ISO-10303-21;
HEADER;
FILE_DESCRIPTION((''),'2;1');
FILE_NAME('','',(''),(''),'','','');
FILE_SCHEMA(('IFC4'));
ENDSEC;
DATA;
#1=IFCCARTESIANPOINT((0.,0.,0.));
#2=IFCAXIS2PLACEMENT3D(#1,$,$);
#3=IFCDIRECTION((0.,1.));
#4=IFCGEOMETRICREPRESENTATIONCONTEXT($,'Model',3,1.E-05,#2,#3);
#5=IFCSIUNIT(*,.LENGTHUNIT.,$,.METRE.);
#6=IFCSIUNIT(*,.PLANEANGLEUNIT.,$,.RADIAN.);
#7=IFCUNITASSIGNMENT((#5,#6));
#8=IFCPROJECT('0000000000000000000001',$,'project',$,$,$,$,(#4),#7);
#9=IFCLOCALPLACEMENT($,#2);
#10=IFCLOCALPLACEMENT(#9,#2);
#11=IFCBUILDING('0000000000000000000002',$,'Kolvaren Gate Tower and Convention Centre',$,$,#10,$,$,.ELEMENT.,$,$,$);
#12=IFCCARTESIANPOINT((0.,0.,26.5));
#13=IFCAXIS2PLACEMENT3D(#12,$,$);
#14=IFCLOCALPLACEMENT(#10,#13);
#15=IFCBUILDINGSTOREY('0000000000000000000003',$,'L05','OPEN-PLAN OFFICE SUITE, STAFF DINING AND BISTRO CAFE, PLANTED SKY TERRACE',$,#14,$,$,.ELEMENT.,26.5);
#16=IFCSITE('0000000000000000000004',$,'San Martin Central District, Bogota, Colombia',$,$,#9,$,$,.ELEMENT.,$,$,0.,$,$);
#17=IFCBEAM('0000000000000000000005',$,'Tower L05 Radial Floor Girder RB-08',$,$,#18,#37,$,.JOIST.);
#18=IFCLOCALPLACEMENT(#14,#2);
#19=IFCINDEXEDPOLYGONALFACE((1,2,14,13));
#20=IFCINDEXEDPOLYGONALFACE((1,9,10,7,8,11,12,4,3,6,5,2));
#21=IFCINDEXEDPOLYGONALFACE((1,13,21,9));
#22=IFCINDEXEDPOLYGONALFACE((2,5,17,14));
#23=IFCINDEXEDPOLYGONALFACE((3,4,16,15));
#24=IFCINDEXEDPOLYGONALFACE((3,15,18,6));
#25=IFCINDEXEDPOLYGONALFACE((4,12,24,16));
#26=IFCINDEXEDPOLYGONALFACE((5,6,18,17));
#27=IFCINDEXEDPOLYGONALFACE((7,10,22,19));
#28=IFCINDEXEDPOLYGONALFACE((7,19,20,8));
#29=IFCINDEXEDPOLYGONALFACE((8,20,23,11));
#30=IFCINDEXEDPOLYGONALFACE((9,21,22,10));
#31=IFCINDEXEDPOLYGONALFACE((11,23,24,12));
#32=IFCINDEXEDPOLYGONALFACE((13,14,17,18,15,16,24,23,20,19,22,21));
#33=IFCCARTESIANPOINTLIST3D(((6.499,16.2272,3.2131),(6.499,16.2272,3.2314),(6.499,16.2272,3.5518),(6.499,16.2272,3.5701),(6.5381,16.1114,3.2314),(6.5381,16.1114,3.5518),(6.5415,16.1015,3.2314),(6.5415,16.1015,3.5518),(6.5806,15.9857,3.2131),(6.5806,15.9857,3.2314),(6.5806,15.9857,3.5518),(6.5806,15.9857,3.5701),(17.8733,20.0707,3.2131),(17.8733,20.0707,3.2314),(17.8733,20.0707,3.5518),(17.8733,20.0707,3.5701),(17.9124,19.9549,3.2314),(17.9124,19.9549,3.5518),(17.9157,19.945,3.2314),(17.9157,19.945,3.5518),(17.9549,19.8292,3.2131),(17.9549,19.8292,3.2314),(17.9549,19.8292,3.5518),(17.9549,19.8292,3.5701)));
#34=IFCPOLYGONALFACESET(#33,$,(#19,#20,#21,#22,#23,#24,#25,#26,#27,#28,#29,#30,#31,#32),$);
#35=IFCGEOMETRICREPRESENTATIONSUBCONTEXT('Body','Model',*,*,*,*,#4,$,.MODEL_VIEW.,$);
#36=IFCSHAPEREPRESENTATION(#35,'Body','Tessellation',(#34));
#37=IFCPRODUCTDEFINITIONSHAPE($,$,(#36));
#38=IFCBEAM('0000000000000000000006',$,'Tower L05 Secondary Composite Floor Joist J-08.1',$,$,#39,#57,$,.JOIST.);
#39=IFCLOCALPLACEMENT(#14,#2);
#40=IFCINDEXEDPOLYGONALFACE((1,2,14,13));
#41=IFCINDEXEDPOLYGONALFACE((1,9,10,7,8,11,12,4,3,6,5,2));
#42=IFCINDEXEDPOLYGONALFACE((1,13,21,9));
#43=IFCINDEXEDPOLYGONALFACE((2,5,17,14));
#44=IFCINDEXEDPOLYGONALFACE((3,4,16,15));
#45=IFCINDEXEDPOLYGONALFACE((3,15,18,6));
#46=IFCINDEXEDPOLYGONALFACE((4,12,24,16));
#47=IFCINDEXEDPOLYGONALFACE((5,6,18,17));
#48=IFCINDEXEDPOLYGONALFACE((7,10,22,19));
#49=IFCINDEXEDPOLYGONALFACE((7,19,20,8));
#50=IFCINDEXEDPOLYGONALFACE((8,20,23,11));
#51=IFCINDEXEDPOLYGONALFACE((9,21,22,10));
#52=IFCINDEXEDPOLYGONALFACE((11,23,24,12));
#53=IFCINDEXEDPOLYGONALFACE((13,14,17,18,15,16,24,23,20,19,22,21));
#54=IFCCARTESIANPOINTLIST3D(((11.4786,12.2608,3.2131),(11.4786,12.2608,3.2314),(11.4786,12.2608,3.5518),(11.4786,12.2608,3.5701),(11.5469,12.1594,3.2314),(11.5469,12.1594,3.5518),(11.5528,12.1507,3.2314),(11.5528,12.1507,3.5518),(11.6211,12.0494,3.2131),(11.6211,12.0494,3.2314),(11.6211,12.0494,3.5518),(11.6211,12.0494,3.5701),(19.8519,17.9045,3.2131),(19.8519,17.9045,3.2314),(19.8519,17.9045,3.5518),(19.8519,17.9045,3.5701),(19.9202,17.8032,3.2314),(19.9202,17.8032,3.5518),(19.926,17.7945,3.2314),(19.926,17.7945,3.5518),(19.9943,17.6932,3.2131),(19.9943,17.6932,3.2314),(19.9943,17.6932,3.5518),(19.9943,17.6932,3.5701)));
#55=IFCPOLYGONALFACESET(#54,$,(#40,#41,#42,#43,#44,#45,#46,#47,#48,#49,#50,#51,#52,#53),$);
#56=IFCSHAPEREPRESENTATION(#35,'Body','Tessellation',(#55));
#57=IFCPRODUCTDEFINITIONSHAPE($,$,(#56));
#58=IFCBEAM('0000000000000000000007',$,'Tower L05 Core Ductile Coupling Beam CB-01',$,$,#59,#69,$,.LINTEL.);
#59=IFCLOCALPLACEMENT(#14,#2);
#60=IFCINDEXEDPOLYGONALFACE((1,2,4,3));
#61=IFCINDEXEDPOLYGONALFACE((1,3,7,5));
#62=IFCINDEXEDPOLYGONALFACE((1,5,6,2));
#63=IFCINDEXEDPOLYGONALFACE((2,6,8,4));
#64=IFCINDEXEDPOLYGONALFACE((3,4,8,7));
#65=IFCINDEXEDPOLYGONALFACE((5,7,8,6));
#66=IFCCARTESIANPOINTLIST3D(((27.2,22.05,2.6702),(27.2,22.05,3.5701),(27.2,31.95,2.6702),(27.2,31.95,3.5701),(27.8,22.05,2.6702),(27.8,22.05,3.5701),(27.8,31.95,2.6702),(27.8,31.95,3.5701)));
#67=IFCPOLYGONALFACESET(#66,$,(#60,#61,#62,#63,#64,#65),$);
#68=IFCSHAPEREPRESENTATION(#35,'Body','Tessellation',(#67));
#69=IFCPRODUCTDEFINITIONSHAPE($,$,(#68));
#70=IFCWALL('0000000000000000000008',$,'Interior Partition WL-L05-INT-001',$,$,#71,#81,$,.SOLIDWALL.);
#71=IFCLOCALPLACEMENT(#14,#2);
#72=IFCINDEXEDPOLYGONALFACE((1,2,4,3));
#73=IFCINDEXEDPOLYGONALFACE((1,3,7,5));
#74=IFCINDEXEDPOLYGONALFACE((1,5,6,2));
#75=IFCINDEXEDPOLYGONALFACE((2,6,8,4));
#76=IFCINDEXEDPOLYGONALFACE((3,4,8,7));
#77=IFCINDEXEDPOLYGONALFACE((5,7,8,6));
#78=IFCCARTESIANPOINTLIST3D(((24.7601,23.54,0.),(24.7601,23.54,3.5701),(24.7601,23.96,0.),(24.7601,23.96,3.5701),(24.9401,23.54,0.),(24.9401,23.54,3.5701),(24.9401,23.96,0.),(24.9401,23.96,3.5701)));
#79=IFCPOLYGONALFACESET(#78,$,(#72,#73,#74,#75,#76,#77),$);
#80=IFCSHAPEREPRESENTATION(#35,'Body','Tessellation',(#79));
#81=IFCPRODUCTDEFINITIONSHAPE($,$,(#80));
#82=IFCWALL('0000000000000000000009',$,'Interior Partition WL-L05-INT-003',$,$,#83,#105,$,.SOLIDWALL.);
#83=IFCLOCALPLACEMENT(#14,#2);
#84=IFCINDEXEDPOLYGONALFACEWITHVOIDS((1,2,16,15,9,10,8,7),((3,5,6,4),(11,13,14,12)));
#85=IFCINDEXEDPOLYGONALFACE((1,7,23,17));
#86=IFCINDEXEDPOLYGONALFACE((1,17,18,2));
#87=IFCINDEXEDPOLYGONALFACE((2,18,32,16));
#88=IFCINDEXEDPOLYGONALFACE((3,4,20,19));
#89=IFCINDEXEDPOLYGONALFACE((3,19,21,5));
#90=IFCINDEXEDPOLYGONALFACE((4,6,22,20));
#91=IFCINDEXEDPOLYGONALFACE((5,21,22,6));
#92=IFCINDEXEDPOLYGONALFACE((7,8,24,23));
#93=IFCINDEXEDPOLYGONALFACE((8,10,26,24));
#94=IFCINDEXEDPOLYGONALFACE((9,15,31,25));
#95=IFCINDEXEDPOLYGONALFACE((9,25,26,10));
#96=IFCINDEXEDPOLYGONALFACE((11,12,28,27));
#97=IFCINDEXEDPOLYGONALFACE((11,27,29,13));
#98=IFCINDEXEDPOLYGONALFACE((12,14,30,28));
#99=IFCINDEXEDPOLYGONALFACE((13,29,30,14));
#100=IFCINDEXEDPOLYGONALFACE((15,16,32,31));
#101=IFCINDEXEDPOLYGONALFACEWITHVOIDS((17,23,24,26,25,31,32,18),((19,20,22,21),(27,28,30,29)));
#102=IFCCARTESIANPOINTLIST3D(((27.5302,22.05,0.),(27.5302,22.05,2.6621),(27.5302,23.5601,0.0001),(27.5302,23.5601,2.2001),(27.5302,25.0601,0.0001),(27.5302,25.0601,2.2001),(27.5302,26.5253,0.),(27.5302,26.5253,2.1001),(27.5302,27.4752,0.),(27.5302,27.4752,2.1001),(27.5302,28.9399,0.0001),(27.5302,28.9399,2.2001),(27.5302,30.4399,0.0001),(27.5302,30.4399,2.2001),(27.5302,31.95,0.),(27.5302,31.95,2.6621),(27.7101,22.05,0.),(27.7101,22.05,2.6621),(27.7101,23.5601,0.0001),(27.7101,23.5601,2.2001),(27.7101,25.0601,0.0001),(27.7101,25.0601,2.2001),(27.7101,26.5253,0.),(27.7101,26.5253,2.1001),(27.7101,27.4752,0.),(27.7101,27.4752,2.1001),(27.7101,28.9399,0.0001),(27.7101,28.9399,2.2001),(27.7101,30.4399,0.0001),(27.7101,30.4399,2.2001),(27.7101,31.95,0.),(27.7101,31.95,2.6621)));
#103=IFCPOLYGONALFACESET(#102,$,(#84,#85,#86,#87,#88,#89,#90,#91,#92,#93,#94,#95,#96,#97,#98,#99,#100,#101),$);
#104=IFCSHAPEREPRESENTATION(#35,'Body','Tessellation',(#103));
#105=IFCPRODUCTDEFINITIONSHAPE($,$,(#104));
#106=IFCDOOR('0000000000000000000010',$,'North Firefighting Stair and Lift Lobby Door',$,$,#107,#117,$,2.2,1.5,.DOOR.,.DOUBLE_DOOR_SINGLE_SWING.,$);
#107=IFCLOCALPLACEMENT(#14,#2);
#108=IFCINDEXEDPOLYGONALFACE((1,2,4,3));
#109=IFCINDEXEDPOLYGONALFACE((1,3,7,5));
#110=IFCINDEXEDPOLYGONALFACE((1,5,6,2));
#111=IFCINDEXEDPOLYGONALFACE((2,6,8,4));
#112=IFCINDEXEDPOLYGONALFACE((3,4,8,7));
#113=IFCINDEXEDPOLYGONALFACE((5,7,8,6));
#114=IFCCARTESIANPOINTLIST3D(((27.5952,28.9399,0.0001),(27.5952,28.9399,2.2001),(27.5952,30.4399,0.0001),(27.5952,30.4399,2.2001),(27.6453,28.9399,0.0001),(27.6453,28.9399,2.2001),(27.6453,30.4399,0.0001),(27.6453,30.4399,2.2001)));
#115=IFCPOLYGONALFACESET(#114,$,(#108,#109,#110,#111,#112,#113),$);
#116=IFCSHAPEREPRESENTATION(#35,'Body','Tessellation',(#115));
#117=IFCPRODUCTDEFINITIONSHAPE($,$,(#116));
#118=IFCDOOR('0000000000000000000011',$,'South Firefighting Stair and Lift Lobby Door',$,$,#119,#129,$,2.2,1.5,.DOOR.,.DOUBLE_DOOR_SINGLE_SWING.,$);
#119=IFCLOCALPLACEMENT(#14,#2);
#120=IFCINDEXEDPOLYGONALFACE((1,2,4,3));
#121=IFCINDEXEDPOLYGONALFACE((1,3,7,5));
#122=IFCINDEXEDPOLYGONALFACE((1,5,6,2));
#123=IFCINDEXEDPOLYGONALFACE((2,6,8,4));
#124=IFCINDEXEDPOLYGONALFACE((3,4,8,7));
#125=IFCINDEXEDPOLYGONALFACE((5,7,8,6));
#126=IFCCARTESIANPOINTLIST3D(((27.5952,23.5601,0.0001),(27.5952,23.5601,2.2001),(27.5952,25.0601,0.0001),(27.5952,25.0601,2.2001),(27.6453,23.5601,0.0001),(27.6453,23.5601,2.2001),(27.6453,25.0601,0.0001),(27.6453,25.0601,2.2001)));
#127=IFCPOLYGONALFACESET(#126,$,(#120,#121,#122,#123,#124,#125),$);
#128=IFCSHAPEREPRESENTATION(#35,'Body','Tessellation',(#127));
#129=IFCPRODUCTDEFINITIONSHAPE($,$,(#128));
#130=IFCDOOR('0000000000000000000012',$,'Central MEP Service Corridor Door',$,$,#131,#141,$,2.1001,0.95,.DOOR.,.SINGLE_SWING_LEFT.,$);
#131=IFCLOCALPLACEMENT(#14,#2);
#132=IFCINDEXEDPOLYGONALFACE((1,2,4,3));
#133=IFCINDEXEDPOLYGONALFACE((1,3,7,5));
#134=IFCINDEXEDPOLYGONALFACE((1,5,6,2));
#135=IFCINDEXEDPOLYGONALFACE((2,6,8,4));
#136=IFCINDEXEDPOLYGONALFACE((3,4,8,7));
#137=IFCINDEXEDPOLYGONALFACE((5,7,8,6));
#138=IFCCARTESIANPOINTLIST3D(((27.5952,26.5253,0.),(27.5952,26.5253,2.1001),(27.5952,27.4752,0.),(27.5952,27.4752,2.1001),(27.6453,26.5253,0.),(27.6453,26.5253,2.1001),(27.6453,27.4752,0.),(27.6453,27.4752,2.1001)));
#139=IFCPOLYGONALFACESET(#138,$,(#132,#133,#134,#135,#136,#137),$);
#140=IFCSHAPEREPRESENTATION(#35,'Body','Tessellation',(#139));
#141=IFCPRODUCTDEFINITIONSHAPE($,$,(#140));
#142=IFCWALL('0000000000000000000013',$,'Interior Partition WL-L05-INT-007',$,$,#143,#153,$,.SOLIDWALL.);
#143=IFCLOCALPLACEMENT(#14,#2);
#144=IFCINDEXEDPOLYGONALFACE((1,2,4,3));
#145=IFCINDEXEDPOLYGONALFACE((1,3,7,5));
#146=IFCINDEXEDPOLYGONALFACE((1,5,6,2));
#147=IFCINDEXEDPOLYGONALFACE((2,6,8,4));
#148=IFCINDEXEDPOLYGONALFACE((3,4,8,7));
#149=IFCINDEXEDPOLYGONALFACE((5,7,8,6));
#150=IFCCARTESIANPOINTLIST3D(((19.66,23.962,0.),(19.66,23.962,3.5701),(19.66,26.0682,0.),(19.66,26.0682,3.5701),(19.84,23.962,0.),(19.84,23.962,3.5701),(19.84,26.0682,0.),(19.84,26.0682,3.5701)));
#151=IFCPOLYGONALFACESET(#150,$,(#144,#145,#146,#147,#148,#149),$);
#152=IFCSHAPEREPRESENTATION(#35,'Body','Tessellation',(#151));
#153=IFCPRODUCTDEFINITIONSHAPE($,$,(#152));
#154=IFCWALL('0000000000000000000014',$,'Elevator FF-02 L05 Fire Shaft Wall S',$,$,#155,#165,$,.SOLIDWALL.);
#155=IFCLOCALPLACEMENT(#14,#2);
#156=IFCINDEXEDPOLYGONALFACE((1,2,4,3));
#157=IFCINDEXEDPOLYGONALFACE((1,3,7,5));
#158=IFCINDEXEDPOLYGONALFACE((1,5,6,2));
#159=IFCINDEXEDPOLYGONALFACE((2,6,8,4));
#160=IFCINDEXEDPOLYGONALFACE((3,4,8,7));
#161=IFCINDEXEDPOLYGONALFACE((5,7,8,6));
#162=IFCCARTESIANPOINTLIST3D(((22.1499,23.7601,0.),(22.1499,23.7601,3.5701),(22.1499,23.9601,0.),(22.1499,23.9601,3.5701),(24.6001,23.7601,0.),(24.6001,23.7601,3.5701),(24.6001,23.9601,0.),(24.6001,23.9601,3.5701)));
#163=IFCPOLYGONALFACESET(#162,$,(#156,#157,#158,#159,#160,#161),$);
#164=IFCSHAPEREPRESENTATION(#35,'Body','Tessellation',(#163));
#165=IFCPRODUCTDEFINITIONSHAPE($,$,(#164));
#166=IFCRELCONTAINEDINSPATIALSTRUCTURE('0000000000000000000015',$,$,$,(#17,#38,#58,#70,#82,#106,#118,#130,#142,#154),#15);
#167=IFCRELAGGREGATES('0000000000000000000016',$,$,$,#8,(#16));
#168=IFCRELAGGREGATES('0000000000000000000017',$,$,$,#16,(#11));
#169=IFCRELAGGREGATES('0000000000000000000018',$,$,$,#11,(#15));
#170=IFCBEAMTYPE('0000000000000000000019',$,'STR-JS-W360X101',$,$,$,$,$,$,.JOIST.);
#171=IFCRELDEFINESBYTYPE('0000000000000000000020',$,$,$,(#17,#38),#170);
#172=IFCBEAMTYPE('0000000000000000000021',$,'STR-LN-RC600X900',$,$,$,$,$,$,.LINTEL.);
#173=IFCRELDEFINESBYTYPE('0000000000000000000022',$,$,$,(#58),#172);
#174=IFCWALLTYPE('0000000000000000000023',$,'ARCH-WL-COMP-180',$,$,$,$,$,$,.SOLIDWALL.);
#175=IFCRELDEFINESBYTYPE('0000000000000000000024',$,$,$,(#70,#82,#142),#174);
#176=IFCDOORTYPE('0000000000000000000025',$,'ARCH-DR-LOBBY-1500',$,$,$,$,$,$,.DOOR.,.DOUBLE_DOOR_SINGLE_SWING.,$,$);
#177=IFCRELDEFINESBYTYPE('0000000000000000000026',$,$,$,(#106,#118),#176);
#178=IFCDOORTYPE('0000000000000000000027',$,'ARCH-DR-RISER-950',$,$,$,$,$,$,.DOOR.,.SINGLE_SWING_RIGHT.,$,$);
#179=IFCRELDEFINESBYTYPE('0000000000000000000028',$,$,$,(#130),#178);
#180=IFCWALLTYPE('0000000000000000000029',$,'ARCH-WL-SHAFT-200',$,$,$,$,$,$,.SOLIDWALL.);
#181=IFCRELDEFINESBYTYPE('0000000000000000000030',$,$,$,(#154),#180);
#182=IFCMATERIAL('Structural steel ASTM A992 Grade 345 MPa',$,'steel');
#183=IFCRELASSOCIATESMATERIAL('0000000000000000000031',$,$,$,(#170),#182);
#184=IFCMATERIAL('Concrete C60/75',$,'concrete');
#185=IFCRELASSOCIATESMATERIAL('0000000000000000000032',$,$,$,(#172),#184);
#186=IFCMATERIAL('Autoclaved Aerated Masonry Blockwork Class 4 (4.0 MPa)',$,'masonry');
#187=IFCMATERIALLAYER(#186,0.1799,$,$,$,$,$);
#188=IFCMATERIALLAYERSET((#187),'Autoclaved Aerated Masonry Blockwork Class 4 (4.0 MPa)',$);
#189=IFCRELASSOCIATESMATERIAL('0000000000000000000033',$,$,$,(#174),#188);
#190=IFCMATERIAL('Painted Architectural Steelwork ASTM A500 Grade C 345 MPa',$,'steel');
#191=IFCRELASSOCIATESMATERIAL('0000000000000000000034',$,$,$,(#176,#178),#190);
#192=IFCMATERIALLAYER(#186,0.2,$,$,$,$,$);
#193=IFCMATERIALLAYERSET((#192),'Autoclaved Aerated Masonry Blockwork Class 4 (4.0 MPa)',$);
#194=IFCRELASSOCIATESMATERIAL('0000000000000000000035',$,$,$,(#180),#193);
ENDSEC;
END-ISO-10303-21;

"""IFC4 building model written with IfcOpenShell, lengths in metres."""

from ifc_helpers import new_model, si_unit, direction, frame, frame_2d, origin, origin_2d, place, context, subcontext, project, spatial, rectangle, i_section, extrude, material, layer, layer_set, material_profile, profile_set, type_object, element, fill, save


model = new_model("IFC4")

# Units and contexts
model_context = context("Model", 3, precision=1e-05, world=origin(), true_north=direction((0.0, 1.0)))
body_context = subcontext(model_context, "Body", "Model", "MODEL_VIEW")
ifc_project = project(units=[si_unit("LENGTHUNIT", "METRE"), si_unit("PLANEANGLEUNIT", "RADIAN")], contexts=[model_context])

# Site, building, storey
site_placement = place(None, origin())
site = spatial("IfcSite", under=ifc_project, at=site_placement, Name="San Martin Central District, Bogota, Colombia", CompositionType="ELEMENT", RefElevation=0.0)
building_placement = place(site_placement, origin())
building = spatial("IfcBuilding", under=site, at=building_placement, Name="Kolvaren Gate Tower and Convention Centre", CompositionType="ELEMENT")
storey_placement = place(building_placement, frame((0.0, 0.0, 26.5)))
storey = spatial("IfcBuildingStorey", under=building, at=storey_placement, Name="L05", Description="OPEN-PLAN OFFICE SUITE, STAFF DINING AND BISTRO CAFE, PLANTED SKY TERRACE", CompositionType="ELEMENT", Elevation=26.5)

# Beams
ifc_material_1 = material(Name="Structural steel ASTM A992 Grade 345 MPa", Category="steel")
ifc_material_profile_1 = material_profile(ifc_material_1, i_section(OverallWidth=0.2549, OverallDepth=0.3569, WebThickness=0.0105, FlangeThickness=0.0183, at=origin_2d()), Name="W360X101")
ifc_profile_set_1 = profile_set([ifc_material_profile_1], Name="Structural steel ASTM A992 Grade 345 MPa")
beam_type_1 = type_object("IfcBeamType", Name="STR-JS-W360X101", PredefinedType="JOIST", material=ifc_profile_set_1)
beam_1_placement = place(storey_placement, frame((17.9141, 19.95, 3.3916), z_axis=(-0.947374, -0.320129, 0.0), x_axis=(0.320129, -0.947374, 0.0)))
element("IfcBeam", 1, at=beam_1_placement, inside=storey, type_object=beam_type_1, Name="Tower L05 Radial Floor Girder RB-08", PredefinedType="JOIST", context=body_context, shape_type="SweptSolid", body=[
    extrude(i_section(OverallWidth=0.2549, OverallDepth=0.3569, WebThickness=0.0105, FlangeThickness=0.0183, at=origin_2d()), origin(), (0.0, 0.0, 1.0), 12.0061),
])
beam_2_placement = place(storey_placement, frame((19.9231, 17.7988, 3.3916), z_axis=(-0.829224, -0.558917, 0.0), x_axis=(0.558917, -0.829224, 0.0)))
element("IfcBeam", 2, at=beam_2_placement, inside=storey, type_object=beam_type_1, Name="Tower L05 Secondary Composite Floor Joist J-08.1", PredefinedType="JOIST", context=body_context, shape_type="SweptSolid", body=[
    extrude(i_section(OverallWidth=0.2549, OverallDepth=0.3569, WebThickness=0.0105, FlangeThickness=0.0183, at=origin_2d()), origin(), (0.0, 0.0, 1.0), 10.0977),
])
ifc_material_2 = material(Name="Concrete C60/75", Category="concrete")
ifc_material_profile_2 = material_profile(ifc_material_2, rectangle(XDim=0.6001, YDim=0.8999, at=origin_2d()), Name="RC-BM-600X900")
ifc_profile_set_2 = profile_set([ifc_material_profile_2], Name="Concrete C60/75")
beam_type_2 = type_object("IfcBeamType", Name="STR-LN-RC600X900", PredefinedType="LINTEL", material=ifc_profile_set_2)
beam_3_placement = place(storey_placement, frame((27.5, 22.05, 3.1201), z_axis=(0.0, 1.0, 0.0), x_axis=(-1.0, 0.0, 0.0)))
element("IfcBeam", 3, at=beam_3_placement, inside=storey, type_object=beam_type_2, Name="Tower L05 Core Ductile Coupling Beam CB-01", PredefinedType="LINTEL", context=body_context, shape_type="SweptSolid", body=[
    extrude(rectangle(XDim=0.6001, YDim=0.8999, at=origin_2d()), origin(), (0.0, 0.0, 1.0), 9.8999),
])

# Wall
ifc_material_3 = material(Name="Autoclaved Aerated Masonry Blockwork Class 4 (4.0 MPa)", Category="masonry")
ifc_layer_1 = layer(ifc_material_3, 0.1799)
ifc_layer_set_1 = layer_set([ifc_layer_1], Name="Autoclaved Aerated Masonry Blockwork Class 4 (4.0 MPa)")
wall_type_1 = type_object("IfcWallType", Name="ARCH-WL-COMP-180", PredefinedType="SOLIDWALL", material=ifc_layer_set_1)
wall_1_placement = place(storey_placement, frame((24.8501, 23.54, 0.0), z_axis=(0.0, 0.0, 1.0), x_axis=(0.0, 1.0, 0.0)))
element("IfcWall", 4, at=wall_1_placement, inside=storey, type_object=wall_type_1, Name="Interior Partition WL-L05-INT-001", PredefinedType="SOLIDWALL", context=body_context, shape_type="SweptSolid", body=[
    extrude(rectangle(XDim=0.4199, YDim=0.1799, at=frame_2d((0.21, 0.0))), origin(), (0.0, 0.0, 1.0), 3.5701),
])

# Wall, openings, doors
wall_2_placement = place(storey_placement, frame((27.6201, 22.05, 0.0), z_axis=(0.0, 0.0, 1.0), x_axis=(0.0, 1.0, 0.0)))
wall_2 = element("IfcWall", 5, at=wall_2_placement, inside=storey, type_object=wall_type_1, Name="Interior Partition WL-L05-INT-003", PredefinedType="SOLIDWALL", context=body_context, shape_type="SweptSolid", body=[
    extrude(rectangle(XDim=9.8999, YDim=0.1799, at=frame_2d((4.95, 0.0))), origin(), (0.0, 0.0, 1.0), 2.6621),
])
opening_1_placement = place(wall_2_placement, frame((4.4751, 0.0, 0.0)))
opening_1 = element("IfcOpeningElement", 6, at=opening_1_placement, cuts=wall_2, PredefinedType="OPENING", context=body_context, shape_type="SweptSolid", body=[
    extrude(rectangle(XDim=0.95, YDim=2.1001, at=frame_2d((0.4751, 1.05))), frame((0.0, 0.0999, 0.0), z_axis=(0.0, -1.0, 0.0), x_axis=(1.0, 0.0, 0.0)), (0.0, 0.0, 1.0), 0.2),
])
opening_2_placement = place(wall_2_placement, frame((6.8899, 0.0, 0.0)))
opening_2 = element("IfcOpeningElement", 7, at=opening_2_placement, cuts=wall_2, PredefinedType="OPENING", context=body_context, shape_type="SweptSolid", body=[
    extrude(rectangle(XDim=1.5, YDim=2.2, at=frame_2d((0.75, 1.1001))), frame((0.0, 0.0999, 0.0), z_axis=(0.0, -1.0, 0.0), x_axis=(1.0, 0.0, 0.0)), (0.0, 0.0, 1.0), 0.2),
])
opening_3_placement = place(wall_2_placement, frame((1.51, 0.0, 0.0)))
opening_3 = element("IfcOpeningElement", 8, at=opening_3_placement, cuts=wall_2, PredefinedType="OPENING", context=body_context, shape_type="SweptSolid", body=[
    extrude(rectangle(XDim=1.5, YDim=2.2, at=frame_2d((0.75, 1.1001))), frame((0.0, 0.0999, 0.0), z_axis=(0.0, -1.0, 0.0), x_axis=(1.0, 0.0, 0.0)), (0.0, 0.0, 1.0), 0.2),
])
ifc_material_4 = material(Name="Painted Architectural Steelwork ASTM A500 Grade C 345 MPa", Category="steel")
door_type_1 = type_object("IfcDoorType", Name="ARCH-DR-LOBBY-1500", OperationType="DOUBLE_DOOR_SINGLE_SWING", PredefinedType="DOOR", material=ifc_material_4)
door_1_placement = place(opening_2_placement, origin())
door_1 = element("IfcDoor", 9, at=door_1_placement, inside=storey, type_object=door_type_1, Name="North Firefighting Stair and Lift Lobby Door", OperationType="DOUBLE_DOOR_SINGLE_SWING", OverallHeight=2.2, OverallWidth=1.5, PredefinedType="DOOR", context=body_context, shape_type="SweptSolid", body=[
    extrude(rectangle(XDim=1.5, YDim=2.2, at=frame_2d((0.75, 1.1001))), frame((0.0, 0.0249, 0.0), z_axis=(0.0, -1.0, 0.0), x_axis=(1.0, 0.0, 0.0)), (0.0, 0.0, 1.0), 0.05),
])
fill(opening_2, door_1)
door_2_placement = place(opening_3_placement, origin())
door_2 = element("IfcDoor", 10, at=door_2_placement, inside=storey, type_object=door_type_1, Name="South Firefighting Stair and Lift Lobby Door", OperationType="DOUBLE_DOOR_SINGLE_SWING", OverallHeight=2.2, OverallWidth=1.5, PredefinedType="DOOR", context=body_context, shape_type="SweptSolid", body=[
    extrude(rectangle(XDim=1.5, YDim=2.2, at=frame_2d((0.75, 1.1001))), frame((0.0, 0.0249, 0.0), z_axis=(0.0, -1.0, 0.0), x_axis=(1.0, 0.0, 0.0)), (0.0, 0.0, 1.0), 0.05),
])
fill(opening_3, door_2)
door_type_2 = type_object("IfcDoorType", Name="ARCH-DR-RISER-950", OperationType="SINGLE_SWING_RIGHT", PredefinedType="DOOR", material=ifc_material_4)
door_3_placement = place(opening_1_placement, origin())
door_3 = element("IfcDoor", 11, at=door_3_placement, inside=storey, type_object=door_type_2, Name="Central MEP Service Corridor Door", OperationType="SINGLE_SWING_LEFT", OverallHeight=2.1001, OverallWidth=0.95, PredefinedType="DOOR", context=body_context, shape_type="SweptSolid", body=[
    extrude(rectangle(XDim=0.95, YDim=2.1001, at=frame_2d((0.4751, 1.05))), frame((0.0, 0.0249, 0.0), z_axis=(0.0, -1.0, 0.0), x_axis=(1.0, 0.0, 0.0)), (0.0, 0.0, 1.0), 0.05),
])
fill(opening_1, door_3)

# Walls
wall_3_placement = place(storey_placement, frame((19.75, 23.9619, 0.0), z_axis=(0.0, 0.0, 1.0), x_axis=(0.0, 1.0, 0.0)))
element("IfcWall", 12, at=wall_3_placement, inside=storey, type_object=wall_type_1, Name="Interior Partition WL-L05-INT-007", PredefinedType="SOLIDWALL", context=body_context, shape_type="SweptSolid", body=[
    extrude(rectangle(XDim=2.1062, YDim=0.1799, at=frame_2d((1.0532, 0.0))), origin(), (0.0, 0.0, 1.0), 3.5701),
])
ifc_layer_2 = layer(ifc_material_3, 0.2)
ifc_layer_set_2 = layer_set([ifc_layer_2], Name="Autoclaved Aerated Masonry Blockwork Class 4 (4.0 MPa)")
wall_type_2 = type_object("IfcWallType", Name="ARCH-WL-SHAFT-200", PredefinedType="SOLIDWALL", material=ifc_layer_set_2)
wall_4_placement = place(storey_placement, frame((22.1499, 23.8601, 0.0), z_axis=(0.0, 0.0, 1.0), x_axis=(1.0, 0.0, 0.0)))
element("IfcWall", 13, at=wall_4_placement, inside=storey, type_object=wall_type_2, Name="Elevator FF-02 L05 Fire Shaft Wall S", PredefinedType="SOLIDWALL", context=body_context, shape_type="SweptSolid", body=[
    extrude(rectangle(XDim=2.4502, YDim=0.2, at=frame_2d((1.2251, 0.0))), origin(), (0.0, 0.0, 1.0), 3.5701),
])

save(model, "model.ifc")
